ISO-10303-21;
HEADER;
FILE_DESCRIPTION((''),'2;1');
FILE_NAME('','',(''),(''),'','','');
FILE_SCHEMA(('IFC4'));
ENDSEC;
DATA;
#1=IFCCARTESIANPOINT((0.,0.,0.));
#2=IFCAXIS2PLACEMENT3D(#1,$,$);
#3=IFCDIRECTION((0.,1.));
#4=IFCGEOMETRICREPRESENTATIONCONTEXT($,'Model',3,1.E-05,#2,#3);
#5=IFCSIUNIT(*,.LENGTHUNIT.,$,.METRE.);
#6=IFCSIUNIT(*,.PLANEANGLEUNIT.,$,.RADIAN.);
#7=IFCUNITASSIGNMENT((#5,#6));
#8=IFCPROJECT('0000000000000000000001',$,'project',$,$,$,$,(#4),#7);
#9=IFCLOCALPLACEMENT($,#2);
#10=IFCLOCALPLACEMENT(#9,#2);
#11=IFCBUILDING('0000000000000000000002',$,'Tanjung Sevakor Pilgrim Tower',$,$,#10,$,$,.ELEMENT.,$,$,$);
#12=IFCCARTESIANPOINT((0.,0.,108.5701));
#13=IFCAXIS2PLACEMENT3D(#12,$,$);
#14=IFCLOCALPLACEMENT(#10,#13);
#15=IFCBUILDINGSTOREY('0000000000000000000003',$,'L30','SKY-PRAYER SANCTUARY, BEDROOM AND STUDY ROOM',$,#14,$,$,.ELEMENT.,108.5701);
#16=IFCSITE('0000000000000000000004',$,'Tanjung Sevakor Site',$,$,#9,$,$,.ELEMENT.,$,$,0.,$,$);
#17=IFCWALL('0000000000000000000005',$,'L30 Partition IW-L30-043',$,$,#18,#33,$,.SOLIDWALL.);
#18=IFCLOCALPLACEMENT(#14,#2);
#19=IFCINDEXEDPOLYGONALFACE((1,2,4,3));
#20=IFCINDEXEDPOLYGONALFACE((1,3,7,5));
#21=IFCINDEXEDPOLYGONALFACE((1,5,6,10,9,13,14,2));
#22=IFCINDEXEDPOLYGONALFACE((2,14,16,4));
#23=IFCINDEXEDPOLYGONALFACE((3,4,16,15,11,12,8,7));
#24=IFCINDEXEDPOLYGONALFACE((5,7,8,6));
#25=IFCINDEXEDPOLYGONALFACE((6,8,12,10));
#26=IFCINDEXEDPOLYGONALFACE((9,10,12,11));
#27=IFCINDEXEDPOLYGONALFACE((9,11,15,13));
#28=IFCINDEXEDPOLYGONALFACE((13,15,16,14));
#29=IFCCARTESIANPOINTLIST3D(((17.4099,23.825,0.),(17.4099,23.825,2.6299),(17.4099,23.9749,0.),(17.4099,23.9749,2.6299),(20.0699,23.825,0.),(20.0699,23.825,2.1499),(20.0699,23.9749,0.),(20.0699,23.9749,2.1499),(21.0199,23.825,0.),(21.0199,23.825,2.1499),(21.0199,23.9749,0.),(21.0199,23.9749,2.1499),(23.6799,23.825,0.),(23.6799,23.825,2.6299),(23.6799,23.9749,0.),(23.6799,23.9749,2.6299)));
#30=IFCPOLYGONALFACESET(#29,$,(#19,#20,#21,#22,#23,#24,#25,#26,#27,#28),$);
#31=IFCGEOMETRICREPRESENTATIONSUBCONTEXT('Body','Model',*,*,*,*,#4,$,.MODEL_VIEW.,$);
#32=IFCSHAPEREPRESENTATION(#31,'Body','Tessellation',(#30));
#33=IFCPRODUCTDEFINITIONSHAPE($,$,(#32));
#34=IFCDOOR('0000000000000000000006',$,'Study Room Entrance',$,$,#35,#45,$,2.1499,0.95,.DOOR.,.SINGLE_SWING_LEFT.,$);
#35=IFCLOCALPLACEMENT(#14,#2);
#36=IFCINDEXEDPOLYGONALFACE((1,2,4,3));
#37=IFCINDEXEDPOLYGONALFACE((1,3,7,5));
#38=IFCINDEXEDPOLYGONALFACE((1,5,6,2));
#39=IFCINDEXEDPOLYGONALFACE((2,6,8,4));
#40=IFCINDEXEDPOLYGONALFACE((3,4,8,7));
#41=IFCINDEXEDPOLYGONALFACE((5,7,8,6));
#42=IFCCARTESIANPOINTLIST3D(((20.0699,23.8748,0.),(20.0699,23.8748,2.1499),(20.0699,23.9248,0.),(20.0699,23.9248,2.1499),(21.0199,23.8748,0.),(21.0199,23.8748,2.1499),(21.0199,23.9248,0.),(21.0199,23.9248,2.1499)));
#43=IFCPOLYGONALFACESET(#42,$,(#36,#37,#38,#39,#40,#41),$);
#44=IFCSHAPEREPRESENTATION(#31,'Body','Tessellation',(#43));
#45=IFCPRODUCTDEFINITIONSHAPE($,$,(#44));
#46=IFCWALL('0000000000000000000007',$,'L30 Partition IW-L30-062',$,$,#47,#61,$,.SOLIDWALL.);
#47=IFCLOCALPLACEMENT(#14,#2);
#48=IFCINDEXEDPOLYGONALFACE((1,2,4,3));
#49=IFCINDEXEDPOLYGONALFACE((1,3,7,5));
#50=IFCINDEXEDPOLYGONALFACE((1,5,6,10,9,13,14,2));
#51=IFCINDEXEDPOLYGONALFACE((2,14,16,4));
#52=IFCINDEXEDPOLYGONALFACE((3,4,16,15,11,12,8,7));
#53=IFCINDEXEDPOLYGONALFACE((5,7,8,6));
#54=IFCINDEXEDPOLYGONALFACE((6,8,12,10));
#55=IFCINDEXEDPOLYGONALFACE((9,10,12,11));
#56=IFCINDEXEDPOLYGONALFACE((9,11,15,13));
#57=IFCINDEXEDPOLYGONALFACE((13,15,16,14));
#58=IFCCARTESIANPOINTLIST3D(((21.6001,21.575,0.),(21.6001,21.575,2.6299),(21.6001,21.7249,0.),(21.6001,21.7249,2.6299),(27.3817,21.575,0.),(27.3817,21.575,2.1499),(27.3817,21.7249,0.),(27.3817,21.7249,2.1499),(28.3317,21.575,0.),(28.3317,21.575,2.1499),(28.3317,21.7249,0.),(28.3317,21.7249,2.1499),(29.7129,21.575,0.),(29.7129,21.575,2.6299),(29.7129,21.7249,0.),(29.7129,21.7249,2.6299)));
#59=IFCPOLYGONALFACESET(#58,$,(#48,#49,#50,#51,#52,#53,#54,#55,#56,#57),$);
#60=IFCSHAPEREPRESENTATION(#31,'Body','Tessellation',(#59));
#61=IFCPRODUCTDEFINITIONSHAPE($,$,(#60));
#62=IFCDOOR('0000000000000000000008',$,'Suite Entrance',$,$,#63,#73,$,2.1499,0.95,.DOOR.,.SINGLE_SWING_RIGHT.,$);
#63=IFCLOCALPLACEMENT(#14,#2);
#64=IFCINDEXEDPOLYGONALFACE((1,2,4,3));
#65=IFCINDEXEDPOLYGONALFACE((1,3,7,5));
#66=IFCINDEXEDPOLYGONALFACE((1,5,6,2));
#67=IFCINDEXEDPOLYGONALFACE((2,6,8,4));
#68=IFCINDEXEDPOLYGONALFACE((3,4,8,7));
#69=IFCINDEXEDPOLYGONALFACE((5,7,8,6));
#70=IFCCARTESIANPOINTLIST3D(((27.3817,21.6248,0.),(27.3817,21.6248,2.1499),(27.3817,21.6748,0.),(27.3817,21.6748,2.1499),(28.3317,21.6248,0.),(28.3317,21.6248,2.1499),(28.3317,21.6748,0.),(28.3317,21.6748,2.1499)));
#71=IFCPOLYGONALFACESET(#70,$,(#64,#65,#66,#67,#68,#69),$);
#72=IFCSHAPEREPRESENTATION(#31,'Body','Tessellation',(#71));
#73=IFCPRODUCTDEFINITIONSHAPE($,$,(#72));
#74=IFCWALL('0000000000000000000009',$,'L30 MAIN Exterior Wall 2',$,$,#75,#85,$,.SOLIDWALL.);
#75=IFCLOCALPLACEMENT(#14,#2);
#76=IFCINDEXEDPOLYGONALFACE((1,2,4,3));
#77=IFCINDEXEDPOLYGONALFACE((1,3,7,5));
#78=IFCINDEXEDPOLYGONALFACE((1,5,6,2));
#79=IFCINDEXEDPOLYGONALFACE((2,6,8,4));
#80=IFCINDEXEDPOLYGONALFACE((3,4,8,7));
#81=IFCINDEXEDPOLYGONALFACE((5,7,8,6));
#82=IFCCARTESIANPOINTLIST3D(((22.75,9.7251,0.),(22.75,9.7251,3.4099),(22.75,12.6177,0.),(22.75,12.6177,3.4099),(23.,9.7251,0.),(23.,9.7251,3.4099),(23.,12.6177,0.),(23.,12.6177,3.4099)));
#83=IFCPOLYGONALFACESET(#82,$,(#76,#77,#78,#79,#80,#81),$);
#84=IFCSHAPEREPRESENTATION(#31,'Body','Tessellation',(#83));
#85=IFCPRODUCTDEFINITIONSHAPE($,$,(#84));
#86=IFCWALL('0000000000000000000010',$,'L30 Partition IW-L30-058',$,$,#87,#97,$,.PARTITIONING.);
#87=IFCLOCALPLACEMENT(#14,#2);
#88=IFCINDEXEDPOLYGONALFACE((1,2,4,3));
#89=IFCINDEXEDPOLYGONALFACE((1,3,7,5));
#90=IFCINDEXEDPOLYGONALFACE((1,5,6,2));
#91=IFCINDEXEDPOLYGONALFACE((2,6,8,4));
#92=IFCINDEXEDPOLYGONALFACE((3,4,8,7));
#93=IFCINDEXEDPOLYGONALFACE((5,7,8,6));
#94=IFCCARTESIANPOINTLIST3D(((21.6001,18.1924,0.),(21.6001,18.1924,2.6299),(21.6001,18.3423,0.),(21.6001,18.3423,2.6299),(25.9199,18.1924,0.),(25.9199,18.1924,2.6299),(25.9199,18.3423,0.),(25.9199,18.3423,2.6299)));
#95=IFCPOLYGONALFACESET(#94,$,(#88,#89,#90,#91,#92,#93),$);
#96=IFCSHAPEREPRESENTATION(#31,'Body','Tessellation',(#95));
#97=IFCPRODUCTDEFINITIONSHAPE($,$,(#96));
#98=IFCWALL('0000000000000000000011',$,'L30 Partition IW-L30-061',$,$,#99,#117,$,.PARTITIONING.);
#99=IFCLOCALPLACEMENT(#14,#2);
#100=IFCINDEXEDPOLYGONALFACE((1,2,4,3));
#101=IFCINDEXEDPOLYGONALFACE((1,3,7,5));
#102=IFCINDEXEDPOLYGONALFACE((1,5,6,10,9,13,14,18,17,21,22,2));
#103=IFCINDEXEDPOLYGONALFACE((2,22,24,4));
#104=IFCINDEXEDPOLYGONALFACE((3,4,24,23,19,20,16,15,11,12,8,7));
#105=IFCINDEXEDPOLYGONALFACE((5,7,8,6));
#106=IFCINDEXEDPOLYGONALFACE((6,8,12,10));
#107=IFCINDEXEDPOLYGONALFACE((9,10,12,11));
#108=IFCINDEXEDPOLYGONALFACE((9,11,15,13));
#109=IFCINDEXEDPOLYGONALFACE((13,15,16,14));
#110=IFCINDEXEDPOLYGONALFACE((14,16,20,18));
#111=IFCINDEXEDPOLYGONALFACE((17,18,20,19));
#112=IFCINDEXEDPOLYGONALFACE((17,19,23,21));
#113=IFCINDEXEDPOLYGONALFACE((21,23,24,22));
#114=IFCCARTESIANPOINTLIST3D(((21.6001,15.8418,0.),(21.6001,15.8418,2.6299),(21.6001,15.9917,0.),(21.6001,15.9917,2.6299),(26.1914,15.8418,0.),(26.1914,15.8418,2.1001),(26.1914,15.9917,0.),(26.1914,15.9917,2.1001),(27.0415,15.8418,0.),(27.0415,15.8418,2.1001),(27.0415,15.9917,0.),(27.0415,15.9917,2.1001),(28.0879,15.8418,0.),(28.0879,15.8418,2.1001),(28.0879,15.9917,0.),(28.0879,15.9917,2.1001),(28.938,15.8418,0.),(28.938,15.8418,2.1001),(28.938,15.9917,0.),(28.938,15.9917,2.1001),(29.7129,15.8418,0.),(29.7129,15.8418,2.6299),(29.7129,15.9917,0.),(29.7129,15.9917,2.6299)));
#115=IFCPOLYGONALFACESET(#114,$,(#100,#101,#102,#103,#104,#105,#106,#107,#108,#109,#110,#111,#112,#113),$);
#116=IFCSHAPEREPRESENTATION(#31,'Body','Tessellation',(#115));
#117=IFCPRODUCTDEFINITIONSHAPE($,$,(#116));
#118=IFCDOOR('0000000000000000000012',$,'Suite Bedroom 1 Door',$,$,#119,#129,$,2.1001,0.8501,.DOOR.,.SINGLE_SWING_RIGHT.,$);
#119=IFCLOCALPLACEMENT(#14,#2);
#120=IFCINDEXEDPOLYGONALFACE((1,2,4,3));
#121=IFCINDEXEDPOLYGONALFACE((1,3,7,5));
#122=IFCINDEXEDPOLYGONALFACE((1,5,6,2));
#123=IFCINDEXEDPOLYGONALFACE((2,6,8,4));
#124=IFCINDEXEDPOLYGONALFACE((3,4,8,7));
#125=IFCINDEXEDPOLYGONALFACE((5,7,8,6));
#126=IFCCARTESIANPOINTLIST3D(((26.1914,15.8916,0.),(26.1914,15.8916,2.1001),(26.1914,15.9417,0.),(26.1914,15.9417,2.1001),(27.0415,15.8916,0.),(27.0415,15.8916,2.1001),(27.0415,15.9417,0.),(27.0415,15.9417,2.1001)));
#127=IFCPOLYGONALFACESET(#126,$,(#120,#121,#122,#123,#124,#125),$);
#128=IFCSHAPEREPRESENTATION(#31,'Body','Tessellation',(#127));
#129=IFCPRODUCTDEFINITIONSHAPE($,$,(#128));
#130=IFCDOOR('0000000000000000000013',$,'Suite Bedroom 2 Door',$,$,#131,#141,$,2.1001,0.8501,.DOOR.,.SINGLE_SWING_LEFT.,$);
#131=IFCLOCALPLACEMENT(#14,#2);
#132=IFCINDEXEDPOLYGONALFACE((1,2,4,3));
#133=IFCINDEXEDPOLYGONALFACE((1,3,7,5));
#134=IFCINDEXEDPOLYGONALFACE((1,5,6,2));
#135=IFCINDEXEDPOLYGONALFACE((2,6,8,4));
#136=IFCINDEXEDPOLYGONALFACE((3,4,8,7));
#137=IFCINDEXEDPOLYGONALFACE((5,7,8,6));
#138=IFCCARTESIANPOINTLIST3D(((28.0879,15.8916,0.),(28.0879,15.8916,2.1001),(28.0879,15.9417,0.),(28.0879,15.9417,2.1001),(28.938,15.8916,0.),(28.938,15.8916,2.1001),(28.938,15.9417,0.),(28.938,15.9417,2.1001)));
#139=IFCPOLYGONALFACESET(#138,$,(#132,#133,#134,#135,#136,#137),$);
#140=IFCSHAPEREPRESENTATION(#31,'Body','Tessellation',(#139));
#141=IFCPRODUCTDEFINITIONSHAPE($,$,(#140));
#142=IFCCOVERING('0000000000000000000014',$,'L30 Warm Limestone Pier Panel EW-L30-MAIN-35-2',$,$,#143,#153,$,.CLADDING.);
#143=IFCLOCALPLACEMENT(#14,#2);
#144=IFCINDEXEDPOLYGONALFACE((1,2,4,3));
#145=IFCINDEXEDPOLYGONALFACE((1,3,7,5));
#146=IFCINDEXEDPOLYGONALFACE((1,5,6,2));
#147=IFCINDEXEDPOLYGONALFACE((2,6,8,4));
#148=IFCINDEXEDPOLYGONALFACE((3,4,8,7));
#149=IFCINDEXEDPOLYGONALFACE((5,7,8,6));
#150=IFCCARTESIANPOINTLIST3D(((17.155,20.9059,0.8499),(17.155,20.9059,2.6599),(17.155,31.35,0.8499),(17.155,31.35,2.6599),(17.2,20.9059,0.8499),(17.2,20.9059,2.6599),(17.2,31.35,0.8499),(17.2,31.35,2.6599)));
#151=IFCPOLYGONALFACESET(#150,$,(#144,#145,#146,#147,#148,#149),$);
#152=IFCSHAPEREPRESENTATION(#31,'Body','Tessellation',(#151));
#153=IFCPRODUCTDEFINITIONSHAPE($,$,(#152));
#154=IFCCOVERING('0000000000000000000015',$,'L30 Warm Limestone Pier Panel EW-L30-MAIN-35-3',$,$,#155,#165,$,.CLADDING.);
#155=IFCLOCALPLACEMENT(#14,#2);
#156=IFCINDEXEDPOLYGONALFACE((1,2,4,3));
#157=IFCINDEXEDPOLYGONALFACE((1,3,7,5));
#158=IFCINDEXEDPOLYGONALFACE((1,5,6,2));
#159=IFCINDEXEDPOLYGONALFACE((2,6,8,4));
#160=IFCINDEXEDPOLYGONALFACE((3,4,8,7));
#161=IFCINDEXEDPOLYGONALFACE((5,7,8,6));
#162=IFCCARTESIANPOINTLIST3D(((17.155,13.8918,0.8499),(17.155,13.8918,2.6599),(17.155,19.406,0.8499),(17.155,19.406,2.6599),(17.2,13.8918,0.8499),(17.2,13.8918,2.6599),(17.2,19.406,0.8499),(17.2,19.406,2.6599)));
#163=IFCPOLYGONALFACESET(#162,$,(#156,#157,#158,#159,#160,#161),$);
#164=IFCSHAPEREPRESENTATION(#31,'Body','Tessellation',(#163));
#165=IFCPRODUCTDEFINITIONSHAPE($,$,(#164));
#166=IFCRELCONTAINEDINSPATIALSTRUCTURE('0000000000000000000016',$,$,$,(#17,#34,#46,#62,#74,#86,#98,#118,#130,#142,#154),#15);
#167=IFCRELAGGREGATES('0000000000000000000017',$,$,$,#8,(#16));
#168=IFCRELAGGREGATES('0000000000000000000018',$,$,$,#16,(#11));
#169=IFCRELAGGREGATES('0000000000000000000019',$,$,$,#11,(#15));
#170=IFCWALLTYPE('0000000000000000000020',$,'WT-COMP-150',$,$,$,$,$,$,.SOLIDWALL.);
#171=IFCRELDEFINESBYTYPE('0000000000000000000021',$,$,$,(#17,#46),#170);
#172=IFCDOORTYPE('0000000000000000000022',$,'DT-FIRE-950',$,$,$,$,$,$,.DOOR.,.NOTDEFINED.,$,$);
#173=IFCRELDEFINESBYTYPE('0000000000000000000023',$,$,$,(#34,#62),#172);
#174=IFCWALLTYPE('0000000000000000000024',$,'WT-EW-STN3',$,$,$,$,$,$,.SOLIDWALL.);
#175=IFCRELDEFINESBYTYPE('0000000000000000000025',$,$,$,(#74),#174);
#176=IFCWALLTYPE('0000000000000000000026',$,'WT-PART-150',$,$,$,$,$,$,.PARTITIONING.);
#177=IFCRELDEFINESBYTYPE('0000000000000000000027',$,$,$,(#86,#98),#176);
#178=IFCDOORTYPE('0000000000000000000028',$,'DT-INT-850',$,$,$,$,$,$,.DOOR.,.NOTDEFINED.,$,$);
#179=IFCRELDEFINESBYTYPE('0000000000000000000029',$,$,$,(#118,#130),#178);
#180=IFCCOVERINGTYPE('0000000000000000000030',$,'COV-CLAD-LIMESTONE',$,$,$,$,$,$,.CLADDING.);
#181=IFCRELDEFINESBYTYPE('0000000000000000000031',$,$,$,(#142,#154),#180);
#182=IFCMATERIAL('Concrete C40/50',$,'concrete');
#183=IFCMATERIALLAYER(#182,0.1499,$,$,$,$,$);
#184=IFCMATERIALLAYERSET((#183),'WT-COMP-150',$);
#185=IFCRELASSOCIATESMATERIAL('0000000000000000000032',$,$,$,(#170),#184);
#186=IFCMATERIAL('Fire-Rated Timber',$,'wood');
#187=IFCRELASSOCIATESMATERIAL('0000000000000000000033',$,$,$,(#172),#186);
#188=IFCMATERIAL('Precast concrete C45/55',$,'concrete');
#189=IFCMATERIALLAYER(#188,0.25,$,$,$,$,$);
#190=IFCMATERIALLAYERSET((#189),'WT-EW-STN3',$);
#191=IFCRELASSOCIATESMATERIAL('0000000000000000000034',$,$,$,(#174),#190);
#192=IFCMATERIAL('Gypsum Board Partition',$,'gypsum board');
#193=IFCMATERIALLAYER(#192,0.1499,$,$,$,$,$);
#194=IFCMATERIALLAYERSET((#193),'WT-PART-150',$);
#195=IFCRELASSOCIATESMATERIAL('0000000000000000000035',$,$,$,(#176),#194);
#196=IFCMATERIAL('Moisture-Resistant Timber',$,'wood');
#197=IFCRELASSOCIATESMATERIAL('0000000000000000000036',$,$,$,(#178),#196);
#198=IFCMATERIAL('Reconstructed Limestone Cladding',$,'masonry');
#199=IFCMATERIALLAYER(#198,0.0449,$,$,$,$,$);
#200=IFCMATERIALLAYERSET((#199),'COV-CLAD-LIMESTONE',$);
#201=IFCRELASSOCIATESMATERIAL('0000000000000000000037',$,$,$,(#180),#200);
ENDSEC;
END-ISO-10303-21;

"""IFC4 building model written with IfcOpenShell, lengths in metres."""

from ifc_helpers import new_model, si_unit, direction, frame, frame_2d, origin, origin_2d, place, context, subcontext, project, spatial, rectangle, extrude, material, layer, layer_set, type_object, element, fill, save


model = new_model("IFC4")

# Units and contexts
model_context = context("Model", 3, precision=1e-05, world=origin(), true_north=direction((0.0, 1.0)))
body_context = subcontext(model_context, "Body", "Model", "MODEL_VIEW")
ifc_project = project(units=[si_unit("LENGTHUNIT", "METRE"), si_unit("PLANEANGLEUNIT", "RADIAN")], contexts=[model_context])

# Site, building, storey
site_placement = place(None, origin())
site = spatial("IfcSite", under=ifc_project, at=site_placement, Name="Tanjung Sevakor Site", CompositionType="ELEMENT", RefElevation=0.0)
building_placement = place(site_placement, origin())
building = spatial("IfcBuilding", under=site, at=building_placement, Name="Tanjung Sevakor Pilgrim Tower", CompositionType="ELEMENT")
storey_placement = place(building_placement, frame((0.0, 0.0, 108.5701)))
storey = spatial("IfcBuildingStorey", under=building, at=storey_placement, Name="L30", Description="SKY-PRAYER SANCTUARY, BEDROOM AND STUDY ROOM", CompositionType="ELEMENT", Elevation=108.5701)

# Walls, openings, doors
ifc_material_1 = material(Name="Concrete C40/50", Category="concrete")
ifc_layer_1 = layer(ifc_material_1, 0.1499)
ifc_layer_set_1 = layer_set([ifc_layer_1], Name="WT-COMP-150")
wall_type_1 = type_object("IfcWallType", Name="WT-COMP-150", PredefinedType="SOLIDWALL", material=ifc_layer_set_1)
wall_1_placement = place(storey_placement, frame((17.4099, 23.8999, 0.0), z_axis=(0.0, 0.0, 1.0), x_axis=(1.0, 0.0, 0.0)))
wall_1 = element("IfcWall", 1, at=wall_1_placement, inside=storey, type_object=wall_type_1, Name="L30 Partition IW-L30-043", PredefinedType="SOLIDWALL", context=body_context, shape_type="SweptSolid", body=[
    extrude(rectangle(XDim=6.27, YDim=0.1499, at=frame_2d((3.135, 0.0))), origin(), (0.0, 0.0, 1.0), 2.6299),
])
opening_1_placement = place(wall_1_placement, frame((2.6599, 0.0, 0.0)))
opening_1 = element("IfcOpeningElement", 2, at=opening_1_placement, cuts=wall_1, PredefinedType="OPENING", context=body_context, shape_type="SweptSolid", body=[
    extrude(rectangle(XDim=0.95, YDim=2.1499, at=frame_2d((0.4751, 1.075))), frame((0.0, 0.085, 0.0), z_axis=(0.0, -1.0, 0.0), x_axis=(1.0, 0.0, 0.0)), (0.0, 0.0, 1.0), 0.1699),
])
ifc_material_2 = material(Name="Fire-Rated Timber", Category="wood")
door_type_1 = type_object("IfcDoorType", Name="DT-FIRE-950", OperationType="NOTDEFINED", PredefinedType="DOOR", material=ifc_material_2)
door_1_placement = place(opening_1_placement, origin())
door_1 = element("IfcDoor", 3, at=door_1_placement, inside=storey, type_object=door_type_1, Name="Study Room Entrance", OperationType="SINGLE_SWING_LEFT", OverallHeight=2.1499, OverallWidth=0.95, PredefinedType="DOOR", context=body_context, shape_type="SweptSolid", body=[
    extrude(rectangle(XDim=0.95, YDim=2.1499, at=frame_2d((0.4751, 1.075))), frame((0.0, 0.0249, 0.0), z_axis=(0.0, -1.0, 0.0), x_axis=(1.0, 0.0, 0.0)), (0.0, 0.0, 1.0), 0.05),
])
fill(opening_1, door_1)
wall_2_placement = place(storey_placement, frame((21.6001, 21.6499, 0.0), z_axis=(0.0, 0.0, 1.0), x_axis=(1.0, 0.0, 0.0)))
wall_2 = element("IfcWall", 4, at=wall_2_placement, inside=storey, type_object=wall_type_1, Name="L30 Partition IW-L30-062", PredefinedType="SOLIDWALL", context=body_context, shape_type="SweptSolid", body=[
    extrude(rectangle(XDim=8.1128, YDim=0.1499, at=frame_2d((4.0564, 0.0))), origin(), (0.0, 0.0, 1.0), 2.6299),
])
opening_2_placement = place(wall_2_placement, frame((5.7815, 0.0, 0.0)))
opening_2 = element("IfcOpeningElement", 5, at=opening_2_placement, cuts=wall_2, PredefinedType="OPENING", context=body_context, shape_type="SweptSolid", body=[
    extrude(rectangle(XDim=0.95, YDim=2.1499, at=frame_2d((0.4751, 1.075))), frame((0.0, 0.085, 0.0), z_axis=(0.0, -1.0, 0.0), x_axis=(1.0, 0.0, 0.0)), (0.0, 0.0, 1.0), 0.1699),
])
door_2_placement = place(opening_2_placement, origin())
door_2 = element("IfcDoor", 6, at=door_2_placement, inside=storey, type_object=door_type_1, Name="Suite Entrance", OperationType="SINGLE_SWING_RIGHT", OverallHeight=2.1499, OverallWidth=0.95, PredefinedType="DOOR", context=body_context, shape_type="SweptSolid", body=[
    extrude(rectangle(XDim=0.95, YDim=2.1499, at=frame_2d((0.4751, 1.075))), frame((0.0, 0.0249, 0.0), z_axis=(0.0, -1.0, 0.0), x_axis=(1.0, 0.0, 0.0)), (0.0, 0.0, 1.0), 0.05),
])
fill(opening_2, door_2)

# Walls
ifc_material_3 = material(Name="Precast concrete C45/55", Category="concrete")
ifc_layer_2 = layer(ifc_material_3, 0.25)
ifc_layer_set_2 = layer_set([ifc_layer_2], Name="WT-EW-STN3")
wall_type_2 = type_object("IfcWallType", Name="WT-EW-STN3", PredefinedType="SOLIDWALL", material=ifc_layer_set_2)
wall_3_placement = place(storey_placement, frame((22.875, 9.7251, 0.0), z_axis=(0.0, 0.0, 1.0), x_axis=(0.0, 1.0, 0.0)))
element("IfcWall", 7, at=wall_3_placement, inside=storey, type_object=wall_type_2, Name="L30 MAIN Exterior Wall 2", PredefinedType="SOLIDWALL", context=body_context, shape_type="SweptSolid", body=[
    extrude(rectangle(XDim=2.8926, YDim=0.25, at=frame_2d((1.4463, 0.0))), origin(), (0.0, 0.0, 1.0), 3.4099),
])
ifc_material_4 = material(Name="Gypsum Board Partition", Category="gypsum board")
ifc_layer_3 = layer(ifc_material_4, 0.1499)
ifc_layer_set_3 = layer_set([ifc_layer_3], Name="WT-PART-150")
wall_type_3 = type_object("IfcWallType", Name="WT-PART-150", PredefinedType="PARTITIONING", material=ifc_layer_set_3)
wall_4_placement = place(storey_placement, frame((21.6001, 18.2673, 0.0), z_axis=(0.0, 0.0, 1.0), x_axis=(1.0, 0.0, 0.0)))
element("IfcWall", 8, at=wall_4_placement, inside=storey, type_object=wall_type_3, Name="L30 Partition IW-L30-058", PredefinedType="PARTITIONING", context=body_context, shape_type="SweptSolid", body=[
    extrude(rectangle(XDim=4.3198, YDim=0.1499, at=frame_2d((2.1599, 0.0))), origin(), (0.0, 0.0, 1.0), 2.6299),
])

# Wall, openings, doors
wall_5_placement = place(storey_placement, frame((21.6001, 15.9167, 0.0), z_axis=(0.0, 0.0, 1.0), x_axis=(1.0, 0.0, 0.0)))
wall_5 = element("IfcWall", 9, at=wall_5_placement, inside=storey, type_object=wall_type_3, Name="L30 Partition IW-L30-061", PredefinedType="PARTITIONING", context=body_context, shape_type="SweptSolid", body=[
    extrude(rectangle(XDim=8.1128, YDim=0.1499, at=frame_2d((4.0564, 0.0))), origin(), (0.0, 0.0, 1.0), 2.6299),
])
opening_3_placement = place(wall_5_placement, frame((4.5913, 0.0, 0.0)))
opening_3 = element("IfcOpeningElement", 10, at=opening_3_placement, cuts=wall_5, PredefinedType="OPENING", context=body_context, shape_type="SweptSolid", body=[
    extrude(rectangle(XDim=0.8501, YDim=2.1001, at=frame_2d((0.425, 1.05))), frame((0.0, 0.085, 0.0), z_axis=(0.0, -1.0, 0.0), x_axis=(1.0, 0.0, 0.0)), (0.0, 0.0, 1.0), 0.1699),
])
opening_4_placement = place(wall_5_placement, frame((6.4878, 0.0, 0.0)))
opening_4 = element("IfcOpeningElement", 11, at=opening_4_placement, cuts=wall_5, PredefinedType="OPENING", context=body_context, shape_type="SweptSolid", body=[
    extrude(rectangle(XDim=0.8501, YDim=2.1001, at=frame_2d((0.425, 1.05))), frame((0.0, 0.085, 0.0), z_axis=(0.0, -1.0, 0.0), x_axis=(1.0, 0.0, 0.0)), (0.0, 0.0, 1.0), 0.1699),
])
ifc_material_5 = material(Name="Moisture-Resistant Timber", Category="wood")
door_type_2 = type_object("IfcDoorType", Name="DT-INT-850", OperationType="NOTDEFINED", PredefinedType="DOOR", material=ifc_material_5)
door_3_placement = place(opening_3_placement, origin())
door_3 = element("IfcDoor", 12, at=door_3_placement, inside=storey, type_object=door_type_2, Name="Suite Bedroom 1 Door", OperationType="SINGLE_SWING_RIGHT", OverallHeight=2.1001, OverallWidth=0.8501, PredefinedType="DOOR", context=body_context, shape_type="SweptSolid", body=[
    extrude(rectangle(XDim=0.8501, YDim=2.1001, at=frame_2d((0.425, 1.05))), frame((0.0, 0.0249, 0.0), z_axis=(0.0, -1.0, 0.0), x_axis=(1.0, 0.0, 0.0)), (0.0, 0.0, 1.0), 0.05),
])
fill(opening_3, door_3)
door_4_placement = place(opening_4_placement, origin())
door_4 = element("IfcDoor", 13, at=door_4_placement, inside=storey, type_object=door_type_2, Name="Suite Bedroom 2 Door", OperationType="SINGLE_SWING_LEFT", OverallHeight=2.1001, OverallWidth=0.8501, PredefinedType="DOOR", context=body_context, shape_type="SweptSolid", body=[
    extrude(rectangle(XDim=0.8501, YDim=2.1001, at=frame_2d((0.425, 1.05))), frame((0.0, 0.0249, 0.0), z_axis=(0.0, -1.0, 0.0), x_axis=(1.0, 0.0, 0.0)), (0.0, 0.0, 1.0), 0.05),
])
fill(opening_4, door_4)

# Coverings
ifc_material_6 = material(Name="Reconstructed Limestone Cladding", Category="masonry")
ifc_layer_4 = layer(ifc_material_6, 0.0449)
ifc_layer_set_4 = layer_set([ifc_layer_4], Name="COV-CLAD-LIMESTONE")
covering_type = type_object("IfcCoveringType", Name="COV-CLAD-LIMESTONE", PredefinedType="CLADDING", material=ifc_layer_set_4)
covering_1_placement = place(storey_placement, frame((17.1775, 26.1279, 0.8499), z_axis=(0.0, 0.0, 1.0), x_axis=(0.0, -1.0, 0.0)))
element("IfcCovering", 14, at=covering_1_placement, inside=storey, type_object=covering_type, Name="L30 Warm Limestone Pier Panel EW-L30-MAIN-35-2", PredefinedType="CLADDING", context=body_context, shape_type="SweptSolid", body=[
    extrude(rectangle(XDim=10.4441, YDim=0.0449, at=origin_2d()), origin(), (0.0, 0.0, 1.0), 1.8101),
])
covering_2_placement = place(storey_placement, frame((17.1775, 16.6489, 0.8499), z_axis=(0.0, 0.0, 1.0), x_axis=(0.0, -1.0, 0.0)))
element("IfcCovering", 15, at=covering_2_placement, inside=storey, type_object=covering_type, Name="L30 Warm Limestone Pier Panel EW-L30-MAIN-35-3", PredefinedType="CLADDING", context=body_context, shape_type="SweptSolid", body=[
    extrude(rectangle(XDim=5.5142, YDim=0.0449, at=origin_2d()), origin(), (0.0, 0.0, 1.0), 1.8101),
])

save(model, "model.ifc")
